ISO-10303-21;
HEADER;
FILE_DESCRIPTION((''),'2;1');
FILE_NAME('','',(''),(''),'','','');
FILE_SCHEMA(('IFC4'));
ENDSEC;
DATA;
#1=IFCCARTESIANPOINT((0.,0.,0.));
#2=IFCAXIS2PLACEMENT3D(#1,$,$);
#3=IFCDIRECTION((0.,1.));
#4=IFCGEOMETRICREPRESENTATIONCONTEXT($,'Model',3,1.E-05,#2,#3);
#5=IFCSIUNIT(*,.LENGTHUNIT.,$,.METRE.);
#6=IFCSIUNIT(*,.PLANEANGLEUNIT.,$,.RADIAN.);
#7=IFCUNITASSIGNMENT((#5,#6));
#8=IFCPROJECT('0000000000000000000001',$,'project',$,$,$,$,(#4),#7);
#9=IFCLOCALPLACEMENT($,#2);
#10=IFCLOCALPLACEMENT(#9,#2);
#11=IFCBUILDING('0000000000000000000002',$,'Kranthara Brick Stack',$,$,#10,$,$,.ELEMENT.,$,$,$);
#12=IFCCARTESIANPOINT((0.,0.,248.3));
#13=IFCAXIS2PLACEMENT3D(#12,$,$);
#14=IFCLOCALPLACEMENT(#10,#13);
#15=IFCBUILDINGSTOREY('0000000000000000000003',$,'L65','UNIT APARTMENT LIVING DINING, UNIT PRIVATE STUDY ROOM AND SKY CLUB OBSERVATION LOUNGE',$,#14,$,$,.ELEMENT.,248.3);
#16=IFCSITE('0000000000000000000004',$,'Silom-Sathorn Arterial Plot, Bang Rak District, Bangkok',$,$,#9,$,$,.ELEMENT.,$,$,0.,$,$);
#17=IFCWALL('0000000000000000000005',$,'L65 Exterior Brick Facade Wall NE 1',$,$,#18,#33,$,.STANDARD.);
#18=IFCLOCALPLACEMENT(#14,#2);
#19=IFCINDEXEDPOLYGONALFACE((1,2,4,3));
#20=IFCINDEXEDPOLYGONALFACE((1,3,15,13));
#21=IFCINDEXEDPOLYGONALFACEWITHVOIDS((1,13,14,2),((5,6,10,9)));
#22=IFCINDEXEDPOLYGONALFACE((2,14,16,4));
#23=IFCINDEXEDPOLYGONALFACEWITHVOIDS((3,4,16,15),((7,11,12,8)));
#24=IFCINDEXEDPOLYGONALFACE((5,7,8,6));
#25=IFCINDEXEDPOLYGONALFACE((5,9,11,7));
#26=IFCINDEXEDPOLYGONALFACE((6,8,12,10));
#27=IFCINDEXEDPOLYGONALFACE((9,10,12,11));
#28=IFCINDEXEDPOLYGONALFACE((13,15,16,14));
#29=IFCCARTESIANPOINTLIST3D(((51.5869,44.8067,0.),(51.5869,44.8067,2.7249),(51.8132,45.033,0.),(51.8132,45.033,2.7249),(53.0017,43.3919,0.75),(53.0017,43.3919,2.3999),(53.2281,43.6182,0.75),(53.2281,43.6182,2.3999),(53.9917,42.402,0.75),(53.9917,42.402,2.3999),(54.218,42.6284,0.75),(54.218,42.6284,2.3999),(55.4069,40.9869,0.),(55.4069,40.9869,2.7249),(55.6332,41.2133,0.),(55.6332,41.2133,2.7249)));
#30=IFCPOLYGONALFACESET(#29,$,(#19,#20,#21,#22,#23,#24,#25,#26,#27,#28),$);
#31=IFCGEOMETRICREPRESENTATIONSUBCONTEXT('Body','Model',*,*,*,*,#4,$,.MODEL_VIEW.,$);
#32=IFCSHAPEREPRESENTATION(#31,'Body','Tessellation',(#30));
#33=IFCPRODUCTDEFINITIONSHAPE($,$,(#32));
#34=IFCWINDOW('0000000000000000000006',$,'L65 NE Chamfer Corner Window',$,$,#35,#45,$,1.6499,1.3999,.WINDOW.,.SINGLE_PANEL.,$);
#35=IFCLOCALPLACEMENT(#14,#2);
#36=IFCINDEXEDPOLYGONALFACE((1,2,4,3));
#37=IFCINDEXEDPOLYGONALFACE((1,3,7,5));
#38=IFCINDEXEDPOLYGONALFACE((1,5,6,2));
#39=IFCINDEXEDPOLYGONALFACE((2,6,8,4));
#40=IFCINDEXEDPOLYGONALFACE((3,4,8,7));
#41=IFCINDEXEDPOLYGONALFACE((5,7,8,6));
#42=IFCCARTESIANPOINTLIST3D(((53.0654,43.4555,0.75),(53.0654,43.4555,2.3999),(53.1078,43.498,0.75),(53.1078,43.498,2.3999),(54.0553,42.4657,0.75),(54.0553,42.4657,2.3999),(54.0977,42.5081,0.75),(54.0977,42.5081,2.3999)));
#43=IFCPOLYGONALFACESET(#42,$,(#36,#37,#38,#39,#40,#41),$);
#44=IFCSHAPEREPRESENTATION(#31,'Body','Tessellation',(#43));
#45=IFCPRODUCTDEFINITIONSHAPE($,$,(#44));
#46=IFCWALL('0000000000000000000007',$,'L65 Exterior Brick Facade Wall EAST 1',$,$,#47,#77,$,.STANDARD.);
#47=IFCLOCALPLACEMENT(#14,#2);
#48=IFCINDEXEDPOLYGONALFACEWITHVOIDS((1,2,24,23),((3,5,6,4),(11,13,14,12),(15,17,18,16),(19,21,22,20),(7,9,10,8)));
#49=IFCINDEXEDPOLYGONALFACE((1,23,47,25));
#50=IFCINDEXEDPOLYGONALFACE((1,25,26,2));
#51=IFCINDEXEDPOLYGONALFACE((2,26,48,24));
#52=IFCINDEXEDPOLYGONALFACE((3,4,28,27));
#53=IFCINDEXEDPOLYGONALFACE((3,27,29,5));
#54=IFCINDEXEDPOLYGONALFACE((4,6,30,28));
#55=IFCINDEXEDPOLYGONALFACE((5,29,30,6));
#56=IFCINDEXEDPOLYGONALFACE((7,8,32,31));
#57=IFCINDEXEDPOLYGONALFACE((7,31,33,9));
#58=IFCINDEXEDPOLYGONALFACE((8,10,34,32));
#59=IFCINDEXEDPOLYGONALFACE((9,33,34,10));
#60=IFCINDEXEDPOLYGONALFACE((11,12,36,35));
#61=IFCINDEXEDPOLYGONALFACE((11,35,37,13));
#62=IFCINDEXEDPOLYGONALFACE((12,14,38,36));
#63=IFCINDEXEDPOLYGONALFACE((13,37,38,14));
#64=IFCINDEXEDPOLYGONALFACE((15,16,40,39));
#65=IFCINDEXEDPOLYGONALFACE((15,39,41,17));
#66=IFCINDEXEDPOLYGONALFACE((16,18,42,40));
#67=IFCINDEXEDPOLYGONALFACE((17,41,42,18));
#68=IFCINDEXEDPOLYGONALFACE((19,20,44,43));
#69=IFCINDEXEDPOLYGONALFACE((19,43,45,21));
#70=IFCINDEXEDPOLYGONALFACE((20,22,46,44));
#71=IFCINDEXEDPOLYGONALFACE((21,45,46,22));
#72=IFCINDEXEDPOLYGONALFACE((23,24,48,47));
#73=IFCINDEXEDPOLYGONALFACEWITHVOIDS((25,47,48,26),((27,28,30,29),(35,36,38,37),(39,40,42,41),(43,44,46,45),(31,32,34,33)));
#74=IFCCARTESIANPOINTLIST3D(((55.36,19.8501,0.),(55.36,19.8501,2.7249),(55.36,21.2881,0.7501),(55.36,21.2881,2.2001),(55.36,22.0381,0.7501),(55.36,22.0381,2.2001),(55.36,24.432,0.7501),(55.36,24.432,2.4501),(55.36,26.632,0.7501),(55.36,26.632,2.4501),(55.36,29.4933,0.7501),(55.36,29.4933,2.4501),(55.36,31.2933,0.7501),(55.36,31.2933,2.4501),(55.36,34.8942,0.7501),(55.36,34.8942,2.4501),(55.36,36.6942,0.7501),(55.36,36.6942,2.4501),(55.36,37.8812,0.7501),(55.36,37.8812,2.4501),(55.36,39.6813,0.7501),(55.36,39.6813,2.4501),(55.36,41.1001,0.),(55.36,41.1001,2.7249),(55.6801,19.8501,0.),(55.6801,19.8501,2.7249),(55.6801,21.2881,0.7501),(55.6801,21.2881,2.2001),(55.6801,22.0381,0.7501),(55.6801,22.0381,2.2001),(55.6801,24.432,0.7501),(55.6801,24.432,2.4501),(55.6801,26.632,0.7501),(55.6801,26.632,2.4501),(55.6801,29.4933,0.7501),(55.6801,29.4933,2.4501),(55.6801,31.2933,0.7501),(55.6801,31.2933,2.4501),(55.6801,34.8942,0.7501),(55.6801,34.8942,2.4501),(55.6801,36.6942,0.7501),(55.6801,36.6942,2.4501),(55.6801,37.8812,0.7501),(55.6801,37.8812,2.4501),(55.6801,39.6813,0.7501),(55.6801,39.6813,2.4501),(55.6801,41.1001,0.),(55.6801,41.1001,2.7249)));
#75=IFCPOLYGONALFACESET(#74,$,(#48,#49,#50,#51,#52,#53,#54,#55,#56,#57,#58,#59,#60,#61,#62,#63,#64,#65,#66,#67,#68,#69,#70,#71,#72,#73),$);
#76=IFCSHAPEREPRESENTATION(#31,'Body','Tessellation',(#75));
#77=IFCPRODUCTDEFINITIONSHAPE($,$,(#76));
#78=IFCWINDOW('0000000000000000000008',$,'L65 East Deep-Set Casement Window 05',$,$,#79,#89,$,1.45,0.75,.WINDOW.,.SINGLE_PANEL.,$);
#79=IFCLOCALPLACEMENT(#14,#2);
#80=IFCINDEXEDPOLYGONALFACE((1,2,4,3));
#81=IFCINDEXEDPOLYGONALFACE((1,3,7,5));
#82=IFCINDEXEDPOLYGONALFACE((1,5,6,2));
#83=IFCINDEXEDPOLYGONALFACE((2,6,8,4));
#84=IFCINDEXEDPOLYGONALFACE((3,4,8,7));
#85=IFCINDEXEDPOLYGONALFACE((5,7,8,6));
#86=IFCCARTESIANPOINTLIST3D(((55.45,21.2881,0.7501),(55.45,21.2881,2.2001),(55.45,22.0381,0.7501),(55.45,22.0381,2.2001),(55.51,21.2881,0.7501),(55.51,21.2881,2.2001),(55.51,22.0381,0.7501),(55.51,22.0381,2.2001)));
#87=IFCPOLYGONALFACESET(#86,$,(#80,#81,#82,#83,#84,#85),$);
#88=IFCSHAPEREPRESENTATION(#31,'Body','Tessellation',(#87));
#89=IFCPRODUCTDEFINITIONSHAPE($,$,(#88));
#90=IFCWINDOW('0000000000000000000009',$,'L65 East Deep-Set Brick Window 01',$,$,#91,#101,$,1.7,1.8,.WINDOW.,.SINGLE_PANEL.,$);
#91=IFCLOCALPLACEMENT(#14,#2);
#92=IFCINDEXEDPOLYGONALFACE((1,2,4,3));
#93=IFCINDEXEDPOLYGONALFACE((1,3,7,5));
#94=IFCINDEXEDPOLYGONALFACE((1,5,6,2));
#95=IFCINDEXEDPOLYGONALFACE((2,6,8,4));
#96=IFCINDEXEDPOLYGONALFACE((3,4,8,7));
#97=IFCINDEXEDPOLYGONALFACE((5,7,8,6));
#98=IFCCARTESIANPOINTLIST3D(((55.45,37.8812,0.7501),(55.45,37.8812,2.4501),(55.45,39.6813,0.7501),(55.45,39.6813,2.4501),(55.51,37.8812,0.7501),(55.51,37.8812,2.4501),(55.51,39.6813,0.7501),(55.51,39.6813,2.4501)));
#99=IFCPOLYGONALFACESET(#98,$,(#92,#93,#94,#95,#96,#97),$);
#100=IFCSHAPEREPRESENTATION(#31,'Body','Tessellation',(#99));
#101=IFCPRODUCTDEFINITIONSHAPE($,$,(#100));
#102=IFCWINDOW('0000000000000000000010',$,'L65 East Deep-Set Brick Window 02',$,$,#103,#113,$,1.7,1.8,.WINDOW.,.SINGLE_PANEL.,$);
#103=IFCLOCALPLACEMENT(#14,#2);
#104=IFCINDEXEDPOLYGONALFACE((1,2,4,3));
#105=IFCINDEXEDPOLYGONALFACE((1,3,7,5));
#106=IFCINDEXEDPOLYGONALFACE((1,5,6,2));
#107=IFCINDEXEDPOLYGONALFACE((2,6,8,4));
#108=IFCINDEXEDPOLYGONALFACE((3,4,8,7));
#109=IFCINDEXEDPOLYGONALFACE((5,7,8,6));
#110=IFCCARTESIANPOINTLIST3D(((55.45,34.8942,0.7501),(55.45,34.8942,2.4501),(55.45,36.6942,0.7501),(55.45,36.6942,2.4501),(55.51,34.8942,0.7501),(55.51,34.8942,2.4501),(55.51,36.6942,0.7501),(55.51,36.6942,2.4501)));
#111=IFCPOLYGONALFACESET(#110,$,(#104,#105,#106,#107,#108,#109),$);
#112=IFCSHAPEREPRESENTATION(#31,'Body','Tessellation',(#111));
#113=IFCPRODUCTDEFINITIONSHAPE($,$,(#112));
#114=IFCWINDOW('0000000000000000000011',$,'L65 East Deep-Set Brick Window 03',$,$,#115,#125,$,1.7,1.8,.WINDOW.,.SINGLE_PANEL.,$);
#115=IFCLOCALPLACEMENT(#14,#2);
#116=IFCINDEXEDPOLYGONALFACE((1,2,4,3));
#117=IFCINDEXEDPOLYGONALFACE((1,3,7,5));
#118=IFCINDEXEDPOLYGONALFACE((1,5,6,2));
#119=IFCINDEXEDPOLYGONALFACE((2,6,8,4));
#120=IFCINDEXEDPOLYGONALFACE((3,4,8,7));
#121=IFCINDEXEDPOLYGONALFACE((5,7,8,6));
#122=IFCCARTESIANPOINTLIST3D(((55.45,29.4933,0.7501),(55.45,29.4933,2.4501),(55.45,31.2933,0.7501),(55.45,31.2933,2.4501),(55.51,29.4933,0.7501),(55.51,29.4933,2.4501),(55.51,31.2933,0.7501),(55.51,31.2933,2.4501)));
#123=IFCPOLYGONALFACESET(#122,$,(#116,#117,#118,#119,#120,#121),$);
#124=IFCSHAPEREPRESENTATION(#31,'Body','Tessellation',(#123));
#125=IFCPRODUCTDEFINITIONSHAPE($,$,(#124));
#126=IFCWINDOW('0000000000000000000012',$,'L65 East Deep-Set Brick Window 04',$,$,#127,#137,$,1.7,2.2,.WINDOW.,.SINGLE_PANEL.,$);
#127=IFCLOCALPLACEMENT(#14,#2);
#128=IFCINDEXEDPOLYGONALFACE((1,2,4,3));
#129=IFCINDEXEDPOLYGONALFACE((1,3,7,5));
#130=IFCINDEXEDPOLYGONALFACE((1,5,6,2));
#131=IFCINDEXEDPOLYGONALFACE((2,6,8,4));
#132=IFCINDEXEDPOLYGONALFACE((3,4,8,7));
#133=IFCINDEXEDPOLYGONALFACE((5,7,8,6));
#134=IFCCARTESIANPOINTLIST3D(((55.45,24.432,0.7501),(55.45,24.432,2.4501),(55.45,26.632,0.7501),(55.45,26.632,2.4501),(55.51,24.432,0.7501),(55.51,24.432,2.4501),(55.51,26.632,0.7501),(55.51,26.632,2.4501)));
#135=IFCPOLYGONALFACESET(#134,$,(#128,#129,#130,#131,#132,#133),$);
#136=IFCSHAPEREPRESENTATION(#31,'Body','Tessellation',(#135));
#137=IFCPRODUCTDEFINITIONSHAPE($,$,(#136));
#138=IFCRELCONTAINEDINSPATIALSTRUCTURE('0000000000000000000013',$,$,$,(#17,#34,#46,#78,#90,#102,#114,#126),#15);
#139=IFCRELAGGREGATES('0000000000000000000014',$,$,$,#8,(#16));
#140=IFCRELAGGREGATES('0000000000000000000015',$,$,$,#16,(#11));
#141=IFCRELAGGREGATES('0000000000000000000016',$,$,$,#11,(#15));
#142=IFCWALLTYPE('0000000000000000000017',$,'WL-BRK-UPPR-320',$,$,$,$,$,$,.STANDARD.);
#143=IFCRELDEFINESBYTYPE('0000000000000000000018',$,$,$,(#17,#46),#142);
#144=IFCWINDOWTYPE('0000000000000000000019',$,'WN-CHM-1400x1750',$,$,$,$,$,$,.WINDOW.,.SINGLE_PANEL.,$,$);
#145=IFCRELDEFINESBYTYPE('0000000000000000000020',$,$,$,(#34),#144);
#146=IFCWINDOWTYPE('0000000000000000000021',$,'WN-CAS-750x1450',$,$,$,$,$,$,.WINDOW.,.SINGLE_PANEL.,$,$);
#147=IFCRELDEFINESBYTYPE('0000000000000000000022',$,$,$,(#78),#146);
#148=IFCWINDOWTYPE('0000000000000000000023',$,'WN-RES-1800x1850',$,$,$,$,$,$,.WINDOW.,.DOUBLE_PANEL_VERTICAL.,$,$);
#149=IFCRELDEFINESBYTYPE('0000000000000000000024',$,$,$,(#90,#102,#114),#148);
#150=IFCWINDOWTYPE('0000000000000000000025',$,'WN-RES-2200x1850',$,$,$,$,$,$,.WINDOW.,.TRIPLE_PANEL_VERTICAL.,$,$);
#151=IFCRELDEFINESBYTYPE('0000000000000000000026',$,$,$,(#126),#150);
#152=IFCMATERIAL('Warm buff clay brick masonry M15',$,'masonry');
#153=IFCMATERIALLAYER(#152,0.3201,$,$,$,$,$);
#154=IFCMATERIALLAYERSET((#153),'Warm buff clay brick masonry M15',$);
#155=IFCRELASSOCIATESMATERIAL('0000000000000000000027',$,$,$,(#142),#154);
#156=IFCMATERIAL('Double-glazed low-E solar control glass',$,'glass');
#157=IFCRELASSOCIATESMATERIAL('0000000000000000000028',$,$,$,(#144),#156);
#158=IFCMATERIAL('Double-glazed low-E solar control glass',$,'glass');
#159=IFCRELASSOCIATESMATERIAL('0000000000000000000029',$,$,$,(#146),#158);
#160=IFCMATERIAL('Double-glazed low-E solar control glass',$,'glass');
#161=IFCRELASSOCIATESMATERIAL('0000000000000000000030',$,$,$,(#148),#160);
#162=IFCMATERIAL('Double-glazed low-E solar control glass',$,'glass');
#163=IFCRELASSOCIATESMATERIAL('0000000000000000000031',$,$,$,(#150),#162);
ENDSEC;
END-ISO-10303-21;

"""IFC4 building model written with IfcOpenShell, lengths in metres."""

from ifc_helpers import new_model, si_unit, direction, frame, frame_2d, origin, place, context, subcontext, project, spatial, rectangle, extrude, material, layer, layer_set, type_object, element, fill, save


model = new_model("IFC4")

# Units and contexts
model_context = context("Model", 3, precision=1e-05, world=origin(), true_north=direction((0.0, 1.0)))
body_context = subcontext(model_context, "Body", "Model", "MODEL_VIEW")
ifc_project = project(units=[si_unit("LENGTHUNIT", "METRE"), si_unit("PLANEANGLEUNIT", "RADIAN")], contexts=[model_context])

# Site, building, storey
site_placement = place(None, origin())
site = spatial("IfcSite", under=ifc_project, at=site_placement, Name="Silom-Sathorn Arterial Plot, Bang Rak District, Bangkok", CompositionType="ELEMENT", RefElevation=0.0)
building_placement = place(site_placement, origin())
building = spatial("IfcBuilding", under=site, at=building_placement, Name="Kranthara Brick Stack", CompositionType="ELEMENT")
storey_placement = place(building_placement, frame((0.0, 0.0, 248.3)))
storey = spatial("IfcBuildingStorey", under=building, at=storey_placement, Name="L65", Description="UNIT APARTMENT LIVING DINING, UNIT PRIVATE STUDY ROOM AND SKY CLUB OBSERVATION LOUNGE", CompositionType="ELEMENT", Elevation=248.3)

# Wall, opening, window
ifc_material_1 = material(Name="Warm buff clay brick masonry M15", Category="masonry")
ifc_layer_1 = layer(ifc_material_1, 0.3201)
ifc_layer_set_1 = layer_set([ifc_layer_1], Name="Warm buff clay brick masonry M15")
wall_type_1 = type_object("IfcWallType", Name="WL-BRK-UPPR-320", PredefinedType="STANDARD", material=ifc_layer_set_1)
wall_1_placement = place(storey_placement, frame((51.7, 44.9199, 0.0), z_axis=(0.0, 0.0, 1.0), x_axis=(0.707129, -0.707084, 0.0)))
wall_1 = element("IfcWall", 1, at=wall_1_placement, inside=storey, type_object=wall_type_1, Name="L65 Exterior Brick Facade Wall NE 1", PredefinedType="STANDARD", context=body_context, shape_type="SweptSolid", body=[
    extrude(rectangle(XDim=5.4021, YDim=0.3201, at=frame_2d((2.7012, 0.0))), origin(), (0.0, 0.0, 1.0), 2.7249),
])
opening_1_placement = place(wall_1_placement, frame((2.001, 0.0, 0.75)))
opening_1 = element("IfcOpeningElement", 2, at=opening_1_placement, cuts=wall_1, PredefinedType="OPENING", context=body_context, shape_type="SweptSolid", body=[
    extrude(rectangle(XDim=1.3999, YDim=1.6499, at=frame_2d((0.7, 0.825))), frame((0.0, 0.1699, 0.0), z_axis=(0.0, -1.0, 0.0), x_axis=(1.0, 0.0, 0.0)), (0.0, 0.0, 1.0), 0.3401),
])
ifc_material_2 = material(Name="Double-glazed low-E solar control glass", Category="glass")
window_type_1 = type_object("IfcWindowType", Name="WN-CHM-1400x1750", PartitioningType="SINGLE_PANEL", PredefinedType="WINDOW", material=ifc_material_2)
window_1_placement = place(opening_1_placement, origin())
window_1 = element("IfcWindow", 3, at=window_1_placement, inside=storey, type_object=window_type_1, Name="L65 NE Chamfer Corner Window", OverallHeight=1.6499, OverallWidth=1.3999, PartitioningType="SINGLE_PANEL", PredefinedType="WINDOW", context=body_context, shape_type="SweptSolid", body=[
    extrude(rectangle(XDim=1.3999, YDim=1.6499, at=frame_2d((0.7, 0.825))), frame((0.0, -0.01, 0.0), z_axis=(0.0, -1.0, 0.0), x_axis=(1.0, 0.0, 0.0)), (0.0, 0.0, 1.0), 0.0601),
])
fill(opening_1, window_1)

# Wall, openings, windows
wall_2_placement = place(storey_placement, frame((55.52, 41.1001, 0.0), z_axis=(0.0, 0.0, 1.0), x_axis=(0.0, -1.0, 0.0)))
wall_2 = element("IfcWall", 4, at=wall_2_placement, inside=storey, type_object=wall_type_1, Name="L65 Exterior Brick Facade Wall EAST 1", PredefinedType="STANDARD", context=body_context, shape_type="SweptSolid", body=[
    extrude(rectangle(XDim=21.25, YDim=0.3201, at=frame_2d((10.625, 0.0))), origin(), (0.0, 0.0, 1.0), 2.7249),
])
opening_2_placement = place(wall_2_placement, frame((1.4189, 0.0, 0.75)))
opening_2 = element("IfcOpeningElement", 5, at=opening_2_placement, cuts=wall_2, PredefinedType="OPENING", context=body_context, shape_type="SweptSolid", body=[
    extrude(rectangle(XDim=1.8, YDim=1.7, at=frame_2d((0.8999, 0.8501))), frame((0.0, 0.1699, 0.0), z_axis=(0.0, -1.0, 0.0), x_axis=(1.0, 0.0, 0.0)), (0.0, 0.0, 1.0), 0.3401),
])
opening_3_placement = place(wall_2_placement, frame((4.406, 0.0, 0.75)))
opening_3 = element("IfcOpeningElement", 6, at=opening_3_placement, cuts=wall_2, PredefinedType="OPENING", context=body_context, shape_type="SweptSolid", body=[
    extrude(rectangle(XDim=1.8, YDim=1.7, at=frame_2d((0.8999, 0.8501))), frame((0.0, 0.1699, 0.0), z_axis=(0.0, -1.0, 0.0), x_axis=(1.0, 0.0, 0.0)), (0.0, 0.0, 1.0), 0.3401),
])
opening_4_placement = place(wall_2_placement, frame((9.8069, 0.0, 0.75)))
opening_4 = element("IfcOpeningElement", 7, at=opening_4_placement, cuts=wall_2, PredefinedType="OPENING", context=body_context, shape_type="SweptSolid", body=[
    extrude(rectangle(XDim=1.8, YDim=1.7, at=frame_2d((0.8999, 0.8501))), frame((0.0, 0.1699, 0.0), z_axis=(0.0, -1.0, 0.0), x_axis=(1.0, 0.0, 0.0)), (0.0, 0.0, 1.0), 0.3401),
])
opening_5_placement = place(wall_2_placement, frame((14.468, 0.0, 0.75)))
opening_5 = element("IfcOpeningElement", 8, at=opening_5_placement, cuts=wall_2, PredefinedType="OPENING", context=body_context, shape_type="SweptSolid", body=[
    extrude(rectangle(XDim=2.2, YDim=1.7, at=frame_2d((1.1001, 0.8501))), frame((0.0, 0.1699, 0.0), z_axis=(0.0, -1.0, 0.0), x_axis=(1.0, 0.0, 0.0)), (0.0, 0.0, 1.0), 0.3401),
])
opening_6_placement = place(wall_2_placement, frame((19.062, 0.0, 0.75)))
opening_6 = element("IfcOpeningElement", 9, at=opening_6_placement, cuts=wall_2, PredefinedType="OPENING", context=body_context, shape_type="SweptSolid", body=[
    extrude(rectangle(XDim=0.75, YDim=1.45, at=frame_2d((0.375, 0.7251))), frame((0.0, 0.1699, 0.0), z_axis=(0.0, -1.0, 0.0), x_axis=(1.0, 0.0, 0.0)), (0.0, 0.0, 1.0), 0.3401),
])
ifc_material_3 = material(Name="Double-glazed low-E solar control glass", Category="glass")
window_type_2 = type_object("IfcWindowType", Name="WN-CAS-750x1450", PartitioningType="SINGLE_PANEL", PredefinedType="WINDOW", material=ifc_material_3)
window_2_placement = place(opening_6_placement, origin())
window_2 = element("IfcWindow", 10, at=window_2_placement, inside=storey, type_object=window_type_2, Name="L65 East Deep-Set Casement Window 05", OverallHeight=1.45, OverallWidth=0.75, PartitioningType="SINGLE_PANEL", PredefinedType="WINDOW", context=body_context, shape_type="SweptSolid", body=[
    extrude(rectangle(XDim=0.75, YDim=1.45, at=frame_2d((0.375, 0.7251))), frame((0.0, -0.01, 0.0), z_axis=(0.0, -1.0, 0.0), x_axis=(1.0, 0.0, 0.0)), (0.0, 0.0, 1.0), 0.0601),
])
fill(opening_6, window_2)
ifc_material_4 = material(Name="Double-glazed low-E solar control glass", Category="glass")
window_type_3 = type_object("IfcWindowType", Name="WN-RES-1800x1850", PartitioningType="DOUBLE_PANEL_VERTICAL", PredefinedType="WINDOW", material=ifc_material_4)
window_3_placement = place(opening_2_placement, origin())
window_3 = element("IfcWindow", 11, at=window_3_placement, inside=storey, type_object=window_type_3, Name="L65 East Deep-Set Brick Window 01", OverallHeight=1.7, OverallWidth=1.8, PartitioningType="SINGLE_PANEL", PredefinedType="WINDOW", context=body_context, shape_type="SweptSolid", body=[
    extrude(rectangle(XDim=1.8, YDim=1.7, at=frame_2d((0.8999, 0.8501))), frame((0.0, -0.01, 0.0), z_axis=(0.0, -1.0, 0.0), x_axis=(1.0, 0.0, 0.0)), (0.0, 0.0, 1.0), 0.0601),
])
fill(opening_2, window_3)
window_4_placement = place(opening_3_placement, origin())
window_4 = element("IfcWindow", 12, at=window_4_placement, inside=storey, type_object=window_type_3, Name="L65 East Deep-Set Brick Window 02", OverallHeight=1.7, OverallWidth=1.8, PartitioningType="SINGLE_PANEL", PredefinedType="WINDOW", context=body_context, shape_type="SweptSolid", body=[
    extrude(rectangle(XDim=1.8, YDim=1.7, at=frame_2d((0.8999, 0.8501))), frame((0.0, -0.01, 0.0), z_axis=(0.0, -1.0, 0.0), x_axis=(1.0, 0.0, 0.0)), (0.0, 0.0, 1.0), 0.0601),
])
fill(opening_3, window_4)
window_5_placement = place(opening_4_placement, origin())
window_5 = element("IfcWindow", 13, at=window_5_placement, inside=storey, type_object=window_type_3, Name="L65 East Deep-Set Brick Window 03", OverallHeight=1.7, OverallWidth=1.8, PartitioningType="SINGLE_PANEL", PredefinedType="WINDOW", context=body_context, shape_type="SweptSolid", body=[
    extrude(rectangle(XDim=1.8, YDim=1.7, at=frame_2d((0.8999, 0.8501))), frame((0.0, -0.01, 0.0), z_axis=(0.0, -1.0, 0.0), x_axis=(1.0, 0.0, 0.0)), (0.0, 0.0, 1.0), 0.0601),
])
fill(opening_4, window_5)
ifc_material_5 = material(Name="Double-glazed low-E solar control glass", Category="glass")
window_type_4 = type_object("IfcWindowType", Name="WN-RES-2200x1850", PartitioningType="TRIPLE_PANEL_VERTICAL", PredefinedType="WINDOW", material=ifc_material_5)
window_6_placement = place(opening_5_placement, origin())
window_6 = element("IfcWindow", 14, at=window_6_placement, inside=storey, type_object=window_type_4, Name="L65 East Deep-Set Brick Window 04", OverallHeight=1.7, OverallWidth=2.2, PartitioningType="SINGLE_PANEL", PredefinedType="WINDOW", context=body_context, shape_type="SweptSolid", body=[
    extrude(rectangle(XDim=2.2, YDim=1.7, at=frame_2d((1.1001, 0.8501))), frame((0.0, -0.01, 0.0), z_axis=(0.0, -1.0, 0.0), x_axis=(1.0, 0.0, 0.0)), (0.0, 0.0, 1.0), 0.0601),
])
fill(opening_5, window_6)

save(model, "model.ifc")
